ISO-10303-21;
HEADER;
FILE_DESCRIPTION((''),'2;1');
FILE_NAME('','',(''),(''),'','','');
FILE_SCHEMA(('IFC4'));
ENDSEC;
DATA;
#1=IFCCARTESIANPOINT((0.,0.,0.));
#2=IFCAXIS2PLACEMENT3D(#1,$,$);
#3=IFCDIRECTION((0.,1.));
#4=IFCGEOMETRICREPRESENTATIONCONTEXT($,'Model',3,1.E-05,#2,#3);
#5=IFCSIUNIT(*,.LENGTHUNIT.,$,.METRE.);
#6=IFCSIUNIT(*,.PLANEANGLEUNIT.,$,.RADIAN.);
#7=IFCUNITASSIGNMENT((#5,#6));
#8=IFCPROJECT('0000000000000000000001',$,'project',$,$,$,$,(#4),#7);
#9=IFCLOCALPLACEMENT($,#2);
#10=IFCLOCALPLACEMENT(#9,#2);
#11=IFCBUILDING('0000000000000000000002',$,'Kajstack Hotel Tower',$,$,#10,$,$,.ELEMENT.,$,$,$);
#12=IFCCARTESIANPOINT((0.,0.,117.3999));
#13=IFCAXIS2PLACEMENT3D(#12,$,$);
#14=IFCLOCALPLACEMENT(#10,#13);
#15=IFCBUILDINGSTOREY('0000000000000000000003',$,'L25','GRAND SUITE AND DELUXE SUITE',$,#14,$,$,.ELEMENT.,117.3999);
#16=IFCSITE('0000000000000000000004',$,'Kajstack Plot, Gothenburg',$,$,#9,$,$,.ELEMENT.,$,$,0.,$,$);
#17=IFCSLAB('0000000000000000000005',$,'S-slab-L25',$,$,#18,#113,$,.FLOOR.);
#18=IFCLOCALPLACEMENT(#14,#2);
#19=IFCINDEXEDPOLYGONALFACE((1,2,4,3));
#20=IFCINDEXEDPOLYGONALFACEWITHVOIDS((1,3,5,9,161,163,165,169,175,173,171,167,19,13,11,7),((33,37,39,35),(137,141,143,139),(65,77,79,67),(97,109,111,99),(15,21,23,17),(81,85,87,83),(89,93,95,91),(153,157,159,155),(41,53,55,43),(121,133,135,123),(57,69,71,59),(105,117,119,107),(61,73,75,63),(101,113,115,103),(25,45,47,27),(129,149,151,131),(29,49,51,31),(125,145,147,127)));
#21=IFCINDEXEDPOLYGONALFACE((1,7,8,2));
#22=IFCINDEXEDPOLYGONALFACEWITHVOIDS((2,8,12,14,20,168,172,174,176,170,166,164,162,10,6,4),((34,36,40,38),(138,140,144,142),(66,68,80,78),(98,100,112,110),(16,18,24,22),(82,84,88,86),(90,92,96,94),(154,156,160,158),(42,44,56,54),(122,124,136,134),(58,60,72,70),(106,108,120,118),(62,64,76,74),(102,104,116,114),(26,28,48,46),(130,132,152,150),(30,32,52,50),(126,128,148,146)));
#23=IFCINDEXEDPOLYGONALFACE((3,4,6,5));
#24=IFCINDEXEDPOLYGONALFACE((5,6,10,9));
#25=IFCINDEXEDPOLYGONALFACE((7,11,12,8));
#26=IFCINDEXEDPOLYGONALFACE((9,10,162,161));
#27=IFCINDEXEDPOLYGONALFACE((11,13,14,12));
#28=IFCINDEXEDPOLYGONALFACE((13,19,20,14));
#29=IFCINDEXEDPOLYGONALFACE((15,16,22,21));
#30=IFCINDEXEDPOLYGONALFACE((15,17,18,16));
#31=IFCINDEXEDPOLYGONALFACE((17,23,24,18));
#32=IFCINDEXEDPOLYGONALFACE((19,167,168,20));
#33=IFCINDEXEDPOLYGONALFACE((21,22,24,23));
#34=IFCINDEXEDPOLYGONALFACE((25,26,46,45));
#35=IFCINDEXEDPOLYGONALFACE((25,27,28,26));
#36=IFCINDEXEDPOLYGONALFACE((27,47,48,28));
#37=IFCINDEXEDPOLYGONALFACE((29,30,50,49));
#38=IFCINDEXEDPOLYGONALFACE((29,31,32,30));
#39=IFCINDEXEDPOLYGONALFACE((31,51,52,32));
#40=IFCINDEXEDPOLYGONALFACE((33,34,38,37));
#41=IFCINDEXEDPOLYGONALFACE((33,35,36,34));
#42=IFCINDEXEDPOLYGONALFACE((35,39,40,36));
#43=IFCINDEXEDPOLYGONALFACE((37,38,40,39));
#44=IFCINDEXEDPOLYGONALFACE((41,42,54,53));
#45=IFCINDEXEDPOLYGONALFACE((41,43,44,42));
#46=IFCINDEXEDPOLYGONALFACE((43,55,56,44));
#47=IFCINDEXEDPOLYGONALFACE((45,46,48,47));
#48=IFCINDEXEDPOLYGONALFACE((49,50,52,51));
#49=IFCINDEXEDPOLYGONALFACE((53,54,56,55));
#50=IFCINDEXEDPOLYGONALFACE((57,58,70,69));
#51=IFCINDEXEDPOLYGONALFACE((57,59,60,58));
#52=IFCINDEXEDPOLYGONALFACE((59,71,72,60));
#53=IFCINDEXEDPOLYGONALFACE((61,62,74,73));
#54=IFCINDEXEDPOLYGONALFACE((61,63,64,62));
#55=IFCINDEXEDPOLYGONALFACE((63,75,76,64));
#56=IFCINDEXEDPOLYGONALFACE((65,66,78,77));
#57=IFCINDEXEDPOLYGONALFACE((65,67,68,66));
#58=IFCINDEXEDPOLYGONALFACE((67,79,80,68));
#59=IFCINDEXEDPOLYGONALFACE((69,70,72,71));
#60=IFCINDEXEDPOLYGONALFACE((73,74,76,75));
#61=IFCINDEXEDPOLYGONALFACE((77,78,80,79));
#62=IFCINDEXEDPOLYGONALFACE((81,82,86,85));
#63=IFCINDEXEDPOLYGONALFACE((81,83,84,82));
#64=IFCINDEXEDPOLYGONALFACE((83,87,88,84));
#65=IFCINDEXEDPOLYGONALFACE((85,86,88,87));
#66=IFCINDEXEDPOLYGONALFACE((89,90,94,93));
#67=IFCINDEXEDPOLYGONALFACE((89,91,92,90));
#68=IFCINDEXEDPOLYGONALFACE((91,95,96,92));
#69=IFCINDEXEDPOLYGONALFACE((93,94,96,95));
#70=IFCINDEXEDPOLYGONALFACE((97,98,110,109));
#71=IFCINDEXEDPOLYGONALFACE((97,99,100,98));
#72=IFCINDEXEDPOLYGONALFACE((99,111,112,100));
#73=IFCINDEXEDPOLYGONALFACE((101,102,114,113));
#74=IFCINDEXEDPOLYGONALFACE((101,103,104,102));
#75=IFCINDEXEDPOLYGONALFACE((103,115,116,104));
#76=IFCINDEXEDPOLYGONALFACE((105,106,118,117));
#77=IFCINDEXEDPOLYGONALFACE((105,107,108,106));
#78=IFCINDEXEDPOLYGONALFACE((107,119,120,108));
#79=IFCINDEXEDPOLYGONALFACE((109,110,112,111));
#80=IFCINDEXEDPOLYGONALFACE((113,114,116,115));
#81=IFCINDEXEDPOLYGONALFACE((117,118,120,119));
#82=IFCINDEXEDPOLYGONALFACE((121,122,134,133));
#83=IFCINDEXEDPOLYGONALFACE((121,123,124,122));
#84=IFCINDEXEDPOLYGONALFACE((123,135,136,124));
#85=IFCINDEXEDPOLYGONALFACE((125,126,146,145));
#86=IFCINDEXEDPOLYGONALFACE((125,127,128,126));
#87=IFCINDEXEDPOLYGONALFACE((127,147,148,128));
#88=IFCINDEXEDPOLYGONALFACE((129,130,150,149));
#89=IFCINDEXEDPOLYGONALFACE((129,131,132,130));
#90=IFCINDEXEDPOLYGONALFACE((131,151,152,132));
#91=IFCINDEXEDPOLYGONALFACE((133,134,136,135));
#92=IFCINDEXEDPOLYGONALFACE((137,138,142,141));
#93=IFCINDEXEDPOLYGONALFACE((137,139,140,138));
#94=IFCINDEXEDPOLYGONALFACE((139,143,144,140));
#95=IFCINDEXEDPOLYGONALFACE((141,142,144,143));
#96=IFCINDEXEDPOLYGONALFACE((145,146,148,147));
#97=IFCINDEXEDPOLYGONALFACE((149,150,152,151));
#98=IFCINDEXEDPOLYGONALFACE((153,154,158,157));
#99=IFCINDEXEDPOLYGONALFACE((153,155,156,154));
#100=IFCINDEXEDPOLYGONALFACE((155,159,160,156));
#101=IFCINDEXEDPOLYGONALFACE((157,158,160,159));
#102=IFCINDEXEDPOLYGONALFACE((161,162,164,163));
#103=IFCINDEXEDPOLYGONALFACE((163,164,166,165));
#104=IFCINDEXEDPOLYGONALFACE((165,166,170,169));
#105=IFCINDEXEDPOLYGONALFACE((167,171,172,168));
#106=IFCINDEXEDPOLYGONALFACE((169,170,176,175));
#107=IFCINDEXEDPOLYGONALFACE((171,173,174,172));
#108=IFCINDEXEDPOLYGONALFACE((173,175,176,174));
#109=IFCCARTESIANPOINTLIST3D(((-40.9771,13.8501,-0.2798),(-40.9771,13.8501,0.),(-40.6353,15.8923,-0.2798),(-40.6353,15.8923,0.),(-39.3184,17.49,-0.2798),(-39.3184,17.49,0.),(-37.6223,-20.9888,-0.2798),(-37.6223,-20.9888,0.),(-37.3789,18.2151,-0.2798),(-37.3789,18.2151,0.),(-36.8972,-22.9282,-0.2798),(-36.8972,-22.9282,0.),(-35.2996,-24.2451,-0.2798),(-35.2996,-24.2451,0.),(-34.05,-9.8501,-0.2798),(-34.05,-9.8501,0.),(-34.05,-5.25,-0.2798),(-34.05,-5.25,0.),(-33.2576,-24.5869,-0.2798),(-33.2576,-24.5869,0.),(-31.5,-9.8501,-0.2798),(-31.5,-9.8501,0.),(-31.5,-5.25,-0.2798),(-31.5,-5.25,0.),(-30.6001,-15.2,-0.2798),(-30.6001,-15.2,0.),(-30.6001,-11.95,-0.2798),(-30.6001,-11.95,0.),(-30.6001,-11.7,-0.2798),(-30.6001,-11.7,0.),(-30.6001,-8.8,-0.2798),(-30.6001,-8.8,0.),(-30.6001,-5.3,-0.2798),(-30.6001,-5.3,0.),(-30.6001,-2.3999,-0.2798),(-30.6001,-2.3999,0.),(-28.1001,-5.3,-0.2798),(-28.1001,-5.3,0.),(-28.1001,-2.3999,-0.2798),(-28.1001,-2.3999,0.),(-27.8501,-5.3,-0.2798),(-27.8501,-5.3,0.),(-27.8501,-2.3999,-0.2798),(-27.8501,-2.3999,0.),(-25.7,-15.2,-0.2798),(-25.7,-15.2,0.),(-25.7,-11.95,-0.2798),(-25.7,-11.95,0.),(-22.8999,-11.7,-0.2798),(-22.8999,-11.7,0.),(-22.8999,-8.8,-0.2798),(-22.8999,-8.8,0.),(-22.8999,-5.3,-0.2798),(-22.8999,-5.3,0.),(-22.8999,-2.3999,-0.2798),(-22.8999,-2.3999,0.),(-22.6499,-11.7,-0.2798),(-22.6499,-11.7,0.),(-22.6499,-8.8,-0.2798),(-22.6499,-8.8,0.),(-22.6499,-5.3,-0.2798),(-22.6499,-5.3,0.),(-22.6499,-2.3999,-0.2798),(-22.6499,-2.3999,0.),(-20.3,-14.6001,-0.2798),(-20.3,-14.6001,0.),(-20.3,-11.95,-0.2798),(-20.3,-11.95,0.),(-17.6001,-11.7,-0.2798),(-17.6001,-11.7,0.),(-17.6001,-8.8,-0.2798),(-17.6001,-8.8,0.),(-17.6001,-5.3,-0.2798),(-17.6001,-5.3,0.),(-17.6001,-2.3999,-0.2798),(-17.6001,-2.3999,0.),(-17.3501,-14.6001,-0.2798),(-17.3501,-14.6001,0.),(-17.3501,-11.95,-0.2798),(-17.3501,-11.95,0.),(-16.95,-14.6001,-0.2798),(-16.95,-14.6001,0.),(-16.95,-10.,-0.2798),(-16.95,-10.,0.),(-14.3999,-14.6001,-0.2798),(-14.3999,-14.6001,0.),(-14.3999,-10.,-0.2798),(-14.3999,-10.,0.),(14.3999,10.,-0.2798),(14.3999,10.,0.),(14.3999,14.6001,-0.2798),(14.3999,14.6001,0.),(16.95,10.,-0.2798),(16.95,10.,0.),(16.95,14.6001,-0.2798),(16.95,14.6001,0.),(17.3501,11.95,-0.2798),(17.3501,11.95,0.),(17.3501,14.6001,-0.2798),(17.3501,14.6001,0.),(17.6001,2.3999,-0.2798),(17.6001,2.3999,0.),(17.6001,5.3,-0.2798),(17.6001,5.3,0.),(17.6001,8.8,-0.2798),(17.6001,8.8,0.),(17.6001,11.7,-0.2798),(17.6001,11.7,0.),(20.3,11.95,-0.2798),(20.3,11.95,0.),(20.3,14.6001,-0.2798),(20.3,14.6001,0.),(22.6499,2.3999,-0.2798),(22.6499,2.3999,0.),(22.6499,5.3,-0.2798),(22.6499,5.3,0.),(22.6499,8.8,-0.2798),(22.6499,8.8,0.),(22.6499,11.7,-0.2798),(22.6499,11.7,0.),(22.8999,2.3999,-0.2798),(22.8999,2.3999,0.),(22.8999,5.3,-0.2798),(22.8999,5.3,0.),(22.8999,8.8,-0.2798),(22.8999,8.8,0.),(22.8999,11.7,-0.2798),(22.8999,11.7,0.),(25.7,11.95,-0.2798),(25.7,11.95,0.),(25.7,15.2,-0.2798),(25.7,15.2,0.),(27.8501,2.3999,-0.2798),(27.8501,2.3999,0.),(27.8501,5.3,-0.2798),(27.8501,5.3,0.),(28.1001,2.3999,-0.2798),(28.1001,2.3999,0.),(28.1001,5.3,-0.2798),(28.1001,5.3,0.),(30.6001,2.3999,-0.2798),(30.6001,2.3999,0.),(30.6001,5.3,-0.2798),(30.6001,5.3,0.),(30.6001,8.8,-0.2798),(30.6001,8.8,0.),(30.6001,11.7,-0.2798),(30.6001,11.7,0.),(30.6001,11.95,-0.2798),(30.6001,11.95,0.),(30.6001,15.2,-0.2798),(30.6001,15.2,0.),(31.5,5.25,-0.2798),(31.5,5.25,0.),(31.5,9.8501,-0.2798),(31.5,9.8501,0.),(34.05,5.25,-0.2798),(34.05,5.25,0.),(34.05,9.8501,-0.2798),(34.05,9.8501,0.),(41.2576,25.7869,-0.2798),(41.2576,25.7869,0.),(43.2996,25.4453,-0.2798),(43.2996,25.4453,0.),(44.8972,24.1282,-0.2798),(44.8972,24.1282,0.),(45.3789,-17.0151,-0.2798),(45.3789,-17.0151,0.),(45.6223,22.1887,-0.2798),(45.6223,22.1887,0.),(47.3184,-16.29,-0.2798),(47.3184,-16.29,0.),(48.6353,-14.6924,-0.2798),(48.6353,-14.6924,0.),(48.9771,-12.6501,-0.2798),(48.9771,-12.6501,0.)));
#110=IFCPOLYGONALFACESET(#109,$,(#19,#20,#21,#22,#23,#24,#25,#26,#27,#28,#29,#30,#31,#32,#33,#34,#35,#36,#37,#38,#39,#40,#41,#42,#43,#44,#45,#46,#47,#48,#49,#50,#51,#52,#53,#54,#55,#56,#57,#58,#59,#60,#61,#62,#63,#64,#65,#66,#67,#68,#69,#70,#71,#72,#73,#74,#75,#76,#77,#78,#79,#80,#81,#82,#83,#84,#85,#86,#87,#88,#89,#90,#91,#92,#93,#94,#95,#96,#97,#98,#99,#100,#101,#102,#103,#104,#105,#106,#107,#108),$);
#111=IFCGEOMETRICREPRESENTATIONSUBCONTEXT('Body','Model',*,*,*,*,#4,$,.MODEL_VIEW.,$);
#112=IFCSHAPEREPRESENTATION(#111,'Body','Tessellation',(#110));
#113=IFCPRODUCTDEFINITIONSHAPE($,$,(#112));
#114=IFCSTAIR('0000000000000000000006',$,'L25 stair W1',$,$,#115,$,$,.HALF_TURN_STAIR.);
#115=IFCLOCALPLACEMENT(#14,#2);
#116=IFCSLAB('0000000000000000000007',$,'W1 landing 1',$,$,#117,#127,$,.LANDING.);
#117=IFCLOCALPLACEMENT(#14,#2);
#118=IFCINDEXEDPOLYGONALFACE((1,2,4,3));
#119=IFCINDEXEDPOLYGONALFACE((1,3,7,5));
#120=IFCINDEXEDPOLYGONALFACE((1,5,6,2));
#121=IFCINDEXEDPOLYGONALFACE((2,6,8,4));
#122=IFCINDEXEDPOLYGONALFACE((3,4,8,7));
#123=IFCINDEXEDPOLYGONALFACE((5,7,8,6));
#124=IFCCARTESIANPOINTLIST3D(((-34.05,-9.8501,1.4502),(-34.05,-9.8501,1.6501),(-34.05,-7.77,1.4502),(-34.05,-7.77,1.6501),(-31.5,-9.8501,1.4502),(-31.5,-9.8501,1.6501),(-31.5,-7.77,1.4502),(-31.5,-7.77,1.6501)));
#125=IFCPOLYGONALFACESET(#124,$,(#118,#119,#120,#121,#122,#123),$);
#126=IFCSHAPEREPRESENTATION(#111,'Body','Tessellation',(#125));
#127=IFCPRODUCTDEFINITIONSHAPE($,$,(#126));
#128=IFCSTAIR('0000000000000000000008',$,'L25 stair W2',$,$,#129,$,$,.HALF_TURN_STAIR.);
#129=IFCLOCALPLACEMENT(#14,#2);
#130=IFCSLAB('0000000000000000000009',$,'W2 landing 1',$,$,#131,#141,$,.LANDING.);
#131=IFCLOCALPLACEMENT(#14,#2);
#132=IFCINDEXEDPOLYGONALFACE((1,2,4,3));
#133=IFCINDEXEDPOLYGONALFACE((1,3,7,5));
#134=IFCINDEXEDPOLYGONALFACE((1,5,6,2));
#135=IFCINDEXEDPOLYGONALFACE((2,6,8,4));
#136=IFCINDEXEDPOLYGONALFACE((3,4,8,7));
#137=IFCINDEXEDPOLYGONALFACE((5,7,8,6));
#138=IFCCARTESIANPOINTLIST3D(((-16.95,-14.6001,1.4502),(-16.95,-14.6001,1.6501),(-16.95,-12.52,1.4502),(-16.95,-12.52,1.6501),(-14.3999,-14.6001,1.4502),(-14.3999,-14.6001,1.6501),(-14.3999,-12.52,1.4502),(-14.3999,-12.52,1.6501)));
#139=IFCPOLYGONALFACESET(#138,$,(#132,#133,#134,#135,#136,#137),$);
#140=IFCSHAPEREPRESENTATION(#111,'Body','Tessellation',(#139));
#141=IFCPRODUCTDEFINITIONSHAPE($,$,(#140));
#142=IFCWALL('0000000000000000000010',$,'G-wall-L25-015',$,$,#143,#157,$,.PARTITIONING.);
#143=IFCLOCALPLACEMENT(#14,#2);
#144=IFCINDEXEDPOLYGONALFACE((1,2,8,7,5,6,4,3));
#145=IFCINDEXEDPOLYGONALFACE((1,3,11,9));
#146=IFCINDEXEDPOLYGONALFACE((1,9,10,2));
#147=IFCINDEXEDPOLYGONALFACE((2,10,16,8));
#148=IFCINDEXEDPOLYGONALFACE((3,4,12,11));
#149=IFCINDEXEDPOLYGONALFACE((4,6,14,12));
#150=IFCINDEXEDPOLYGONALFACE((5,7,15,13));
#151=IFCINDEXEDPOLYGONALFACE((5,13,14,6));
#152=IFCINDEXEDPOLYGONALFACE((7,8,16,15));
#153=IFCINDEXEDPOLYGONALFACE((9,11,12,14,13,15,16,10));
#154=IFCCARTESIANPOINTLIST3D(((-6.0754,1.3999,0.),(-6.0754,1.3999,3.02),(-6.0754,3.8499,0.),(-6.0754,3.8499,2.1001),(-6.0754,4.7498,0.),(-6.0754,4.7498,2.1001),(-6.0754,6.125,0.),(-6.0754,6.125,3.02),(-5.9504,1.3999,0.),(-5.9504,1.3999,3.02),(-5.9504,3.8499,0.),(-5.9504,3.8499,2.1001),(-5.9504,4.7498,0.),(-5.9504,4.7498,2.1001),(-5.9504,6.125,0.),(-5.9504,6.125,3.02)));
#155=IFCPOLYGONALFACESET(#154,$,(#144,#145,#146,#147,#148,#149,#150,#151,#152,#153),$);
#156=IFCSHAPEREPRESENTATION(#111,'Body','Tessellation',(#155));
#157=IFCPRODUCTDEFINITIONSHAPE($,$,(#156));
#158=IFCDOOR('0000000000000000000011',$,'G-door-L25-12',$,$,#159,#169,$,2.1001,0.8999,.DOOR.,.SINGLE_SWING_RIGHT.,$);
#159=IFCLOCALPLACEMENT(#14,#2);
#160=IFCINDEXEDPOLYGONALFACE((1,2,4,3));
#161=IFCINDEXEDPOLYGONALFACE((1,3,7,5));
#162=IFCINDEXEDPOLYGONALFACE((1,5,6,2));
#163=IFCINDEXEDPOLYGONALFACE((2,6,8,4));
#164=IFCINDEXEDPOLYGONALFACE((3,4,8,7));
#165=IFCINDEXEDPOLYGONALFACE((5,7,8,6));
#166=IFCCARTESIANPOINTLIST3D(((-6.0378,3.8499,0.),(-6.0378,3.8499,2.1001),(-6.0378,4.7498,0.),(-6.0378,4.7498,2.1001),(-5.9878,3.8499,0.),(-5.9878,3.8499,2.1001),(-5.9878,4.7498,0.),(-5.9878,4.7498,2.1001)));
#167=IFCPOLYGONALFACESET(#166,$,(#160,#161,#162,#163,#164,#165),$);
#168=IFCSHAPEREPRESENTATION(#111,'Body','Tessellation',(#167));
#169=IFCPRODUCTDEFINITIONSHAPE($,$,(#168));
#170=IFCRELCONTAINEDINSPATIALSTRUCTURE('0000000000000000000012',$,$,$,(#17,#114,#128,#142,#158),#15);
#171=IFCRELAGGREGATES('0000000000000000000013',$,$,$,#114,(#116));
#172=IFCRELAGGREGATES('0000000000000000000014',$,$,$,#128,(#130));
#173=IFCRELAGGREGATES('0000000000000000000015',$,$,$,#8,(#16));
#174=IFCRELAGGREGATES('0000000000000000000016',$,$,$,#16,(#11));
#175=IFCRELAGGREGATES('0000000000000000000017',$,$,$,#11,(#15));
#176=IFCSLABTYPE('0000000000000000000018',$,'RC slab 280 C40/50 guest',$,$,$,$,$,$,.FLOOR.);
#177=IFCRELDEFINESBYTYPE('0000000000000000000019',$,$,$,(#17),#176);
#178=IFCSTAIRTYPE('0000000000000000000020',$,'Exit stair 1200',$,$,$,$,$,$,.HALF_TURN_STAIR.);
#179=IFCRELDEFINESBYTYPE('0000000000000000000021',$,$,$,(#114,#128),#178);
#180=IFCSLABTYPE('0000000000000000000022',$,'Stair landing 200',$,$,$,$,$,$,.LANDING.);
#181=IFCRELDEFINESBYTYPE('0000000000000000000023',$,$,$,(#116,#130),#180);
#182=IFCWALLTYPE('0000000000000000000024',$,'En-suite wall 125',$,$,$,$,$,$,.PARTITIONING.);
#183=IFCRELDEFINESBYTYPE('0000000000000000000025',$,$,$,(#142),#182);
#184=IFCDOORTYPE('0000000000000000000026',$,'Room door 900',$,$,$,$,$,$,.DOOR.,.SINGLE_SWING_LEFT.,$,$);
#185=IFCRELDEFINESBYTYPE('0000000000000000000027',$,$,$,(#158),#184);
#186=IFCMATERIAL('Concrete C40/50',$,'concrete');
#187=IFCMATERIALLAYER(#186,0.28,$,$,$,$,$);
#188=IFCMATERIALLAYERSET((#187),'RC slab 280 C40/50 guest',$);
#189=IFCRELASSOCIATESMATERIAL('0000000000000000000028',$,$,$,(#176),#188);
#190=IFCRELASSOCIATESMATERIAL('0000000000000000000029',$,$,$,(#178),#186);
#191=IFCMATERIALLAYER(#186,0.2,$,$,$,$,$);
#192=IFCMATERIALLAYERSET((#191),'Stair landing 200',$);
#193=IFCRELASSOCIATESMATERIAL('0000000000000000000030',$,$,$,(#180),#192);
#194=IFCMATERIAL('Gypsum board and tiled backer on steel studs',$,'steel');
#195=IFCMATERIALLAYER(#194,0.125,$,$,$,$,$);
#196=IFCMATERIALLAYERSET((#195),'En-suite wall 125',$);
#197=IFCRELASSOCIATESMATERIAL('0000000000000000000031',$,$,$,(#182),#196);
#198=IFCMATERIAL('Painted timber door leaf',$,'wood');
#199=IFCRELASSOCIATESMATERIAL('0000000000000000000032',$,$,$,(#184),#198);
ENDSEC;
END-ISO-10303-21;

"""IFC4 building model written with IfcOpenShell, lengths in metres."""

from ifc_helpers import new_model, si_unit, direction, frame, frame_2d, origin, place, context, subcontext, project, spatial, polyline, rectangle, outline, extrude, material, layer, layer_set, type_object, element, fill, aggregate, save


model = new_model("IFC4")

# Units and contexts
model_context = context("Model", 3, precision=1e-05, world=origin(), true_north=direction((0.0, 1.0)))
body_context = subcontext(model_context, "Body", "Model", "MODEL_VIEW")
ifc_project = project(units=[si_unit("LENGTHUNIT", "METRE"), si_unit("PLANEANGLEUNIT", "RADIAN")], contexts=[model_context])

# Site, building, storey
site_placement = place(None, origin())
site = spatial("IfcSite", under=ifc_project, at=site_placement, Name="Kajstack Plot, Gothenburg", CompositionType="ELEMENT", RefElevation=0.0)
building_placement = place(site_placement, origin())
building = spatial("IfcBuilding", under=site, at=building_placement, Name="Kajstack Hotel Tower", CompositionType="ELEMENT")
storey_placement = place(building_placement, frame((0.0, 0.0, 117.3999)))
storey = spatial("IfcBuildingStorey", under=building, at=storey_placement, Name="L25", Description="GRAND SUITE AND DELUXE SUITE", CompositionType="ELEMENT", Elevation=117.3999)

# Slab
ifc_material_1 = material(Name="Concrete C40/50", Category="concrete")
ifc_layer_1 = layer(ifc_material_1, 0.28)
ifc_layer_set_1 = layer_set([ifc_layer_1], Name="RC slab 280 C40/50 guest")
slab_type_1 = type_object("IfcSlabType", Name="RC slab 280 C40/50 guest", PredefinedType="FLOOR", material=ifc_layer_set_1)
slab_1_placement = place(storey_placement, frame((0.0, 0.0, -0.2798)))
element("IfcSlab", 1, at=slab_1_placement, inside=storey, type_object=slab_type_1, Name="S-slab-L25", PredefinedType="FLOOR", context=body_context, shape_type="SweptSolid", body=[
    extrude(outline(polyline([(-40.9771, 13.8501), (-37.6223, -20.9888), (-36.8972, -22.9282), (-35.2996, -24.2451), (-33.2576, -24.5869), (45.3789, -17.0151), (47.3184, -16.29), (48.6353, -14.6924), (48.9771, -12.6501), (45.6223, 22.1887), (44.8972, 24.1282), (43.2996, 25.4453), (41.2576, 25.7869), (-37.3789, 18.2151), (-39.3184, 17.49), (-40.6353, 15.8923), (-40.9771, 13.8501)]), holes=[polyline([(-30.6001, -11.7), (-30.6001, -8.8), (-22.8999, -8.8), (-22.8999, -11.7), (-30.6001, -11.7)]), polyline([(-22.6499, -11.7), (-22.6499, -8.8), (-17.6001, -8.8), (-17.6001, -11.7), (-22.6499, -11.7)]), polyline([(-27.8501, -5.3), (-27.8501, -2.3999), (-22.8999, -2.3999), (-22.8999, -5.3), (-27.8501, -5.3)]), polyline([(-22.6499, -5.3), (-22.6499, -2.3999), (-17.6001, -2.3999), (-17.6001, -5.3), (-22.6499, -5.3)]), polyline([(-20.3, -14.6001), (-17.3501, -14.6001), (-17.3501, -11.95), (-20.3, -11.95), (-20.3, -14.6001)]), polyline([(-30.6001, -5.3), (-28.1001, -5.3), (-28.1001, -2.3999), (-30.6001, -2.3999), (-30.6001, -5.3)]), polyline([(22.8999, 8.8), (22.8999, 11.7), (30.6001, 11.7), (30.6001, 8.8), (22.8999, 8.8)]), polyline([(17.6001, 8.8), (17.6001, 11.7), (22.6499, 11.7), (22.6499, 8.8), (17.6001, 8.8)]), polyline([(22.8999, 2.3999), (22.8999, 5.3), (27.8501, 5.3), (27.8501, 2.3999), (22.8999, 2.3999)]), polyline([(17.6001, 2.3999), (17.6001, 5.3), (22.6499, 5.3), (22.6499, 2.3999), (17.6001, 2.3999)]), polyline([(20.3, 14.6001), (17.3501, 14.6001), (17.3501, 11.95), (20.3, 11.95), (20.3, 14.6001)]), polyline([(30.6001, 5.3), (28.1001, 5.3), (28.1001, 2.3999), (30.6001, 2.3999), (30.6001, 5.3)]), polyline([(-34.05, -9.8501), (-31.5, -9.8501), (-31.5, -5.25), (-34.05, -5.25), (-34.05, -9.8501)]), polyline([(-16.95, -14.6001), (-14.3999, -14.6001), (-14.3999, -10.0), (-16.95, -10.0), (-16.95, -14.6001)]), polyline([(-30.6001, -15.2), (-25.7, -15.2), (-25.7, -11.95), (-30.6001, -11.95), (-30.6001, -15.2)]), polyline([(34.05, 9.8501), (31.5, 9.8501), (31.5, 5.25), (34.05, 5.25), (34.05, 9.8501)]), polyline([(16.95, 14.6001), (14.3999, 14.6001), (14.3999, 10.0), (16.95, 10.0), (16.95, 14.6001)]), polyline([(30.6001, 15.2), (25.7, 15.2), (25.7, 11.95), (30.6001, 11.95), (30.6001, 15.2)])]), origin(), (0.0, 0.0, 1.0), 0.2798),
])

# Stairs, slabs
stair_type = type_object("IfcStairType", Name="Exit stair 1200", PredefinedType="HALF_TURN_STAIR", material=ifc_material_1)
stair_1_placement = place(storey_placement, origin())
stair_1 = element("IfcStair", 2, at=stair_1_placement, inside=storey, type_object=stair_type, Name="L25 stair W1", PredefinedType="HALF_TURN_STAIR")
ifc_layer_2 = layer(ifc_material_1, 0.2)
ifc_layer_set_2 = layer_set([ifc_layer_2], Name="Stair landing 200")
slab_type_2 = type_object("IfcSlabType", Name="Stair landing 200", PredefinedType="LANDING", material=ifc_layer_set_2)
slab_2_placement = place(storey_placement, frame((0.0, 0.0, 1.4502)))
slab_2 = element("IfcSlab", 3, at=slab_2_placement, type_object=slab_type_2, Name="W1 landing 1", PredefinedType="LANDING", context=body_context, shape_type="SweptSolid", body=[
    extrude(outline(polyline([(-34.05, -7.77), (-34.05, -9.8501), (-31.5, -9.8501), (-31.5, -7.77), (-34.05, -7.77)])), origin(), (0.0, 0.0, 1.0), 0.2),
])
aggregate(stair_1, [slab_2])
stair_2_placement = place(storey_placement, origin())
stair_2 = element("IfcStair", 4, at=stair_2_placement, inside=storey, type_object=stair_type, Name="L25 stair W2", PredefinedType="HALF_TURN_STAIR")
slab_3_placement = place(storey_placement, frame((0.0, 0.0, 1.4502)))
slab_3 = element("IfcSlab", 5, at=slab_3_placement, type_object=slab_type_2, Name="W2 landing 1", PredefinedType="LANDING", context=body_context, shape_type="SweptSolid", body=[
    extrude(outline(polyline([(-16.95, -12.52), (-16.95, -14.6001), (-14.3999, -14.6001), (-14.3999, -12.52), (-16.95, -12.52)])), origin(), (0.0, 0.0, 1.0), 0.2),
])
aggregate(stair_2, [slab_3])

# Wall, opening, door
ifc_material_2 = material(Name="Gypsum board and tiled backer on steel studs", Category="steel")
ifc_layer_3 = layer(ifc_material_2, 0.125)
ifc_layer_set_3 = layer_set([ifc_layer_3], Name="En-suite wall 125")
wall_type_1 = type_object("IfcWallType", Name="En-suite wall 125", PredefinedType="PARTITIONING", material=ifc_layer_set_3)
wall_1_placement = place(storey_placement, frame((-6.0129, 1.3999, 0.0), z_axis=(0.0, 0.0, 1.0), x_axis=(0.0, 1.0, 0.0)))
wall_1 = element("IfcWall", 6, at=wall_1_placement, inside=storey, type_object=wall_type_1, Name="G-wall-L25-015", PredefinedType="PARTITIONING", context=body_context, shape_type="SweptSolid", body=[
    extrude(rectangle(XDim=4.7251, YDim=0.125, at=frame_2d((2.3625, 0.0))), origin(), (0.0, 0.0, 1.0), 3.02),
])
opening_placement = place(wall_1_placement, frame((2.45, 0.0, 0.0)))
opening = element("IfcOpeningElement", 7, at=opening_placement, cuts=wall_1, PredefinedType="OPENING", context=body_context, shape_type="SweptSolid", body=[
    extrude(rectangle(XDim=0.8999, YDim=2.1001, at=frame_2d((0.45, 1.05))), frame((0.0, 0.0725, 0.0), z_axis=(0.0, -1.0, 0.0), x_axis=(1.0, 0.0, 0.0)), (0.0, 0.0, 1.0), 0.145),
])
ifc_material_3 = material(Name="Painted timber door leaf", Category="wood")
door_type = type_object("IfcDoorType", Name="Room door 900", OperationType="SINGLE_SWING_LEFT", PredefinedType="DOOR", material=ifc_material_3)
door_placement = place(opening_placement, origin())
door = element("IfcDoor", 8, at=door_placement, inside=storey, type_object=door_type, Name="G-door-L25-12", OperationType="SINGLE_SWING_RIGHT", OverallHeight=2.1001, OverallWidth=0.8999, PredefinedType="DOOR", context=body_context, shape_type="SweptSolid", body=[
    extrude(rectangle(XDim=0.8999, YDim=2.1001, at=frame_2d((0.45, 1.05))), frame((0.0, 0.0249, 0.0), z_axis=(0.0, -1.0, 0.0), x_axis=(1.0, 0.0, 0.0)), (0.0, 0.0, 1.0), 0.05),
])
fill(opening, door)

save(model, "model.ifc")
